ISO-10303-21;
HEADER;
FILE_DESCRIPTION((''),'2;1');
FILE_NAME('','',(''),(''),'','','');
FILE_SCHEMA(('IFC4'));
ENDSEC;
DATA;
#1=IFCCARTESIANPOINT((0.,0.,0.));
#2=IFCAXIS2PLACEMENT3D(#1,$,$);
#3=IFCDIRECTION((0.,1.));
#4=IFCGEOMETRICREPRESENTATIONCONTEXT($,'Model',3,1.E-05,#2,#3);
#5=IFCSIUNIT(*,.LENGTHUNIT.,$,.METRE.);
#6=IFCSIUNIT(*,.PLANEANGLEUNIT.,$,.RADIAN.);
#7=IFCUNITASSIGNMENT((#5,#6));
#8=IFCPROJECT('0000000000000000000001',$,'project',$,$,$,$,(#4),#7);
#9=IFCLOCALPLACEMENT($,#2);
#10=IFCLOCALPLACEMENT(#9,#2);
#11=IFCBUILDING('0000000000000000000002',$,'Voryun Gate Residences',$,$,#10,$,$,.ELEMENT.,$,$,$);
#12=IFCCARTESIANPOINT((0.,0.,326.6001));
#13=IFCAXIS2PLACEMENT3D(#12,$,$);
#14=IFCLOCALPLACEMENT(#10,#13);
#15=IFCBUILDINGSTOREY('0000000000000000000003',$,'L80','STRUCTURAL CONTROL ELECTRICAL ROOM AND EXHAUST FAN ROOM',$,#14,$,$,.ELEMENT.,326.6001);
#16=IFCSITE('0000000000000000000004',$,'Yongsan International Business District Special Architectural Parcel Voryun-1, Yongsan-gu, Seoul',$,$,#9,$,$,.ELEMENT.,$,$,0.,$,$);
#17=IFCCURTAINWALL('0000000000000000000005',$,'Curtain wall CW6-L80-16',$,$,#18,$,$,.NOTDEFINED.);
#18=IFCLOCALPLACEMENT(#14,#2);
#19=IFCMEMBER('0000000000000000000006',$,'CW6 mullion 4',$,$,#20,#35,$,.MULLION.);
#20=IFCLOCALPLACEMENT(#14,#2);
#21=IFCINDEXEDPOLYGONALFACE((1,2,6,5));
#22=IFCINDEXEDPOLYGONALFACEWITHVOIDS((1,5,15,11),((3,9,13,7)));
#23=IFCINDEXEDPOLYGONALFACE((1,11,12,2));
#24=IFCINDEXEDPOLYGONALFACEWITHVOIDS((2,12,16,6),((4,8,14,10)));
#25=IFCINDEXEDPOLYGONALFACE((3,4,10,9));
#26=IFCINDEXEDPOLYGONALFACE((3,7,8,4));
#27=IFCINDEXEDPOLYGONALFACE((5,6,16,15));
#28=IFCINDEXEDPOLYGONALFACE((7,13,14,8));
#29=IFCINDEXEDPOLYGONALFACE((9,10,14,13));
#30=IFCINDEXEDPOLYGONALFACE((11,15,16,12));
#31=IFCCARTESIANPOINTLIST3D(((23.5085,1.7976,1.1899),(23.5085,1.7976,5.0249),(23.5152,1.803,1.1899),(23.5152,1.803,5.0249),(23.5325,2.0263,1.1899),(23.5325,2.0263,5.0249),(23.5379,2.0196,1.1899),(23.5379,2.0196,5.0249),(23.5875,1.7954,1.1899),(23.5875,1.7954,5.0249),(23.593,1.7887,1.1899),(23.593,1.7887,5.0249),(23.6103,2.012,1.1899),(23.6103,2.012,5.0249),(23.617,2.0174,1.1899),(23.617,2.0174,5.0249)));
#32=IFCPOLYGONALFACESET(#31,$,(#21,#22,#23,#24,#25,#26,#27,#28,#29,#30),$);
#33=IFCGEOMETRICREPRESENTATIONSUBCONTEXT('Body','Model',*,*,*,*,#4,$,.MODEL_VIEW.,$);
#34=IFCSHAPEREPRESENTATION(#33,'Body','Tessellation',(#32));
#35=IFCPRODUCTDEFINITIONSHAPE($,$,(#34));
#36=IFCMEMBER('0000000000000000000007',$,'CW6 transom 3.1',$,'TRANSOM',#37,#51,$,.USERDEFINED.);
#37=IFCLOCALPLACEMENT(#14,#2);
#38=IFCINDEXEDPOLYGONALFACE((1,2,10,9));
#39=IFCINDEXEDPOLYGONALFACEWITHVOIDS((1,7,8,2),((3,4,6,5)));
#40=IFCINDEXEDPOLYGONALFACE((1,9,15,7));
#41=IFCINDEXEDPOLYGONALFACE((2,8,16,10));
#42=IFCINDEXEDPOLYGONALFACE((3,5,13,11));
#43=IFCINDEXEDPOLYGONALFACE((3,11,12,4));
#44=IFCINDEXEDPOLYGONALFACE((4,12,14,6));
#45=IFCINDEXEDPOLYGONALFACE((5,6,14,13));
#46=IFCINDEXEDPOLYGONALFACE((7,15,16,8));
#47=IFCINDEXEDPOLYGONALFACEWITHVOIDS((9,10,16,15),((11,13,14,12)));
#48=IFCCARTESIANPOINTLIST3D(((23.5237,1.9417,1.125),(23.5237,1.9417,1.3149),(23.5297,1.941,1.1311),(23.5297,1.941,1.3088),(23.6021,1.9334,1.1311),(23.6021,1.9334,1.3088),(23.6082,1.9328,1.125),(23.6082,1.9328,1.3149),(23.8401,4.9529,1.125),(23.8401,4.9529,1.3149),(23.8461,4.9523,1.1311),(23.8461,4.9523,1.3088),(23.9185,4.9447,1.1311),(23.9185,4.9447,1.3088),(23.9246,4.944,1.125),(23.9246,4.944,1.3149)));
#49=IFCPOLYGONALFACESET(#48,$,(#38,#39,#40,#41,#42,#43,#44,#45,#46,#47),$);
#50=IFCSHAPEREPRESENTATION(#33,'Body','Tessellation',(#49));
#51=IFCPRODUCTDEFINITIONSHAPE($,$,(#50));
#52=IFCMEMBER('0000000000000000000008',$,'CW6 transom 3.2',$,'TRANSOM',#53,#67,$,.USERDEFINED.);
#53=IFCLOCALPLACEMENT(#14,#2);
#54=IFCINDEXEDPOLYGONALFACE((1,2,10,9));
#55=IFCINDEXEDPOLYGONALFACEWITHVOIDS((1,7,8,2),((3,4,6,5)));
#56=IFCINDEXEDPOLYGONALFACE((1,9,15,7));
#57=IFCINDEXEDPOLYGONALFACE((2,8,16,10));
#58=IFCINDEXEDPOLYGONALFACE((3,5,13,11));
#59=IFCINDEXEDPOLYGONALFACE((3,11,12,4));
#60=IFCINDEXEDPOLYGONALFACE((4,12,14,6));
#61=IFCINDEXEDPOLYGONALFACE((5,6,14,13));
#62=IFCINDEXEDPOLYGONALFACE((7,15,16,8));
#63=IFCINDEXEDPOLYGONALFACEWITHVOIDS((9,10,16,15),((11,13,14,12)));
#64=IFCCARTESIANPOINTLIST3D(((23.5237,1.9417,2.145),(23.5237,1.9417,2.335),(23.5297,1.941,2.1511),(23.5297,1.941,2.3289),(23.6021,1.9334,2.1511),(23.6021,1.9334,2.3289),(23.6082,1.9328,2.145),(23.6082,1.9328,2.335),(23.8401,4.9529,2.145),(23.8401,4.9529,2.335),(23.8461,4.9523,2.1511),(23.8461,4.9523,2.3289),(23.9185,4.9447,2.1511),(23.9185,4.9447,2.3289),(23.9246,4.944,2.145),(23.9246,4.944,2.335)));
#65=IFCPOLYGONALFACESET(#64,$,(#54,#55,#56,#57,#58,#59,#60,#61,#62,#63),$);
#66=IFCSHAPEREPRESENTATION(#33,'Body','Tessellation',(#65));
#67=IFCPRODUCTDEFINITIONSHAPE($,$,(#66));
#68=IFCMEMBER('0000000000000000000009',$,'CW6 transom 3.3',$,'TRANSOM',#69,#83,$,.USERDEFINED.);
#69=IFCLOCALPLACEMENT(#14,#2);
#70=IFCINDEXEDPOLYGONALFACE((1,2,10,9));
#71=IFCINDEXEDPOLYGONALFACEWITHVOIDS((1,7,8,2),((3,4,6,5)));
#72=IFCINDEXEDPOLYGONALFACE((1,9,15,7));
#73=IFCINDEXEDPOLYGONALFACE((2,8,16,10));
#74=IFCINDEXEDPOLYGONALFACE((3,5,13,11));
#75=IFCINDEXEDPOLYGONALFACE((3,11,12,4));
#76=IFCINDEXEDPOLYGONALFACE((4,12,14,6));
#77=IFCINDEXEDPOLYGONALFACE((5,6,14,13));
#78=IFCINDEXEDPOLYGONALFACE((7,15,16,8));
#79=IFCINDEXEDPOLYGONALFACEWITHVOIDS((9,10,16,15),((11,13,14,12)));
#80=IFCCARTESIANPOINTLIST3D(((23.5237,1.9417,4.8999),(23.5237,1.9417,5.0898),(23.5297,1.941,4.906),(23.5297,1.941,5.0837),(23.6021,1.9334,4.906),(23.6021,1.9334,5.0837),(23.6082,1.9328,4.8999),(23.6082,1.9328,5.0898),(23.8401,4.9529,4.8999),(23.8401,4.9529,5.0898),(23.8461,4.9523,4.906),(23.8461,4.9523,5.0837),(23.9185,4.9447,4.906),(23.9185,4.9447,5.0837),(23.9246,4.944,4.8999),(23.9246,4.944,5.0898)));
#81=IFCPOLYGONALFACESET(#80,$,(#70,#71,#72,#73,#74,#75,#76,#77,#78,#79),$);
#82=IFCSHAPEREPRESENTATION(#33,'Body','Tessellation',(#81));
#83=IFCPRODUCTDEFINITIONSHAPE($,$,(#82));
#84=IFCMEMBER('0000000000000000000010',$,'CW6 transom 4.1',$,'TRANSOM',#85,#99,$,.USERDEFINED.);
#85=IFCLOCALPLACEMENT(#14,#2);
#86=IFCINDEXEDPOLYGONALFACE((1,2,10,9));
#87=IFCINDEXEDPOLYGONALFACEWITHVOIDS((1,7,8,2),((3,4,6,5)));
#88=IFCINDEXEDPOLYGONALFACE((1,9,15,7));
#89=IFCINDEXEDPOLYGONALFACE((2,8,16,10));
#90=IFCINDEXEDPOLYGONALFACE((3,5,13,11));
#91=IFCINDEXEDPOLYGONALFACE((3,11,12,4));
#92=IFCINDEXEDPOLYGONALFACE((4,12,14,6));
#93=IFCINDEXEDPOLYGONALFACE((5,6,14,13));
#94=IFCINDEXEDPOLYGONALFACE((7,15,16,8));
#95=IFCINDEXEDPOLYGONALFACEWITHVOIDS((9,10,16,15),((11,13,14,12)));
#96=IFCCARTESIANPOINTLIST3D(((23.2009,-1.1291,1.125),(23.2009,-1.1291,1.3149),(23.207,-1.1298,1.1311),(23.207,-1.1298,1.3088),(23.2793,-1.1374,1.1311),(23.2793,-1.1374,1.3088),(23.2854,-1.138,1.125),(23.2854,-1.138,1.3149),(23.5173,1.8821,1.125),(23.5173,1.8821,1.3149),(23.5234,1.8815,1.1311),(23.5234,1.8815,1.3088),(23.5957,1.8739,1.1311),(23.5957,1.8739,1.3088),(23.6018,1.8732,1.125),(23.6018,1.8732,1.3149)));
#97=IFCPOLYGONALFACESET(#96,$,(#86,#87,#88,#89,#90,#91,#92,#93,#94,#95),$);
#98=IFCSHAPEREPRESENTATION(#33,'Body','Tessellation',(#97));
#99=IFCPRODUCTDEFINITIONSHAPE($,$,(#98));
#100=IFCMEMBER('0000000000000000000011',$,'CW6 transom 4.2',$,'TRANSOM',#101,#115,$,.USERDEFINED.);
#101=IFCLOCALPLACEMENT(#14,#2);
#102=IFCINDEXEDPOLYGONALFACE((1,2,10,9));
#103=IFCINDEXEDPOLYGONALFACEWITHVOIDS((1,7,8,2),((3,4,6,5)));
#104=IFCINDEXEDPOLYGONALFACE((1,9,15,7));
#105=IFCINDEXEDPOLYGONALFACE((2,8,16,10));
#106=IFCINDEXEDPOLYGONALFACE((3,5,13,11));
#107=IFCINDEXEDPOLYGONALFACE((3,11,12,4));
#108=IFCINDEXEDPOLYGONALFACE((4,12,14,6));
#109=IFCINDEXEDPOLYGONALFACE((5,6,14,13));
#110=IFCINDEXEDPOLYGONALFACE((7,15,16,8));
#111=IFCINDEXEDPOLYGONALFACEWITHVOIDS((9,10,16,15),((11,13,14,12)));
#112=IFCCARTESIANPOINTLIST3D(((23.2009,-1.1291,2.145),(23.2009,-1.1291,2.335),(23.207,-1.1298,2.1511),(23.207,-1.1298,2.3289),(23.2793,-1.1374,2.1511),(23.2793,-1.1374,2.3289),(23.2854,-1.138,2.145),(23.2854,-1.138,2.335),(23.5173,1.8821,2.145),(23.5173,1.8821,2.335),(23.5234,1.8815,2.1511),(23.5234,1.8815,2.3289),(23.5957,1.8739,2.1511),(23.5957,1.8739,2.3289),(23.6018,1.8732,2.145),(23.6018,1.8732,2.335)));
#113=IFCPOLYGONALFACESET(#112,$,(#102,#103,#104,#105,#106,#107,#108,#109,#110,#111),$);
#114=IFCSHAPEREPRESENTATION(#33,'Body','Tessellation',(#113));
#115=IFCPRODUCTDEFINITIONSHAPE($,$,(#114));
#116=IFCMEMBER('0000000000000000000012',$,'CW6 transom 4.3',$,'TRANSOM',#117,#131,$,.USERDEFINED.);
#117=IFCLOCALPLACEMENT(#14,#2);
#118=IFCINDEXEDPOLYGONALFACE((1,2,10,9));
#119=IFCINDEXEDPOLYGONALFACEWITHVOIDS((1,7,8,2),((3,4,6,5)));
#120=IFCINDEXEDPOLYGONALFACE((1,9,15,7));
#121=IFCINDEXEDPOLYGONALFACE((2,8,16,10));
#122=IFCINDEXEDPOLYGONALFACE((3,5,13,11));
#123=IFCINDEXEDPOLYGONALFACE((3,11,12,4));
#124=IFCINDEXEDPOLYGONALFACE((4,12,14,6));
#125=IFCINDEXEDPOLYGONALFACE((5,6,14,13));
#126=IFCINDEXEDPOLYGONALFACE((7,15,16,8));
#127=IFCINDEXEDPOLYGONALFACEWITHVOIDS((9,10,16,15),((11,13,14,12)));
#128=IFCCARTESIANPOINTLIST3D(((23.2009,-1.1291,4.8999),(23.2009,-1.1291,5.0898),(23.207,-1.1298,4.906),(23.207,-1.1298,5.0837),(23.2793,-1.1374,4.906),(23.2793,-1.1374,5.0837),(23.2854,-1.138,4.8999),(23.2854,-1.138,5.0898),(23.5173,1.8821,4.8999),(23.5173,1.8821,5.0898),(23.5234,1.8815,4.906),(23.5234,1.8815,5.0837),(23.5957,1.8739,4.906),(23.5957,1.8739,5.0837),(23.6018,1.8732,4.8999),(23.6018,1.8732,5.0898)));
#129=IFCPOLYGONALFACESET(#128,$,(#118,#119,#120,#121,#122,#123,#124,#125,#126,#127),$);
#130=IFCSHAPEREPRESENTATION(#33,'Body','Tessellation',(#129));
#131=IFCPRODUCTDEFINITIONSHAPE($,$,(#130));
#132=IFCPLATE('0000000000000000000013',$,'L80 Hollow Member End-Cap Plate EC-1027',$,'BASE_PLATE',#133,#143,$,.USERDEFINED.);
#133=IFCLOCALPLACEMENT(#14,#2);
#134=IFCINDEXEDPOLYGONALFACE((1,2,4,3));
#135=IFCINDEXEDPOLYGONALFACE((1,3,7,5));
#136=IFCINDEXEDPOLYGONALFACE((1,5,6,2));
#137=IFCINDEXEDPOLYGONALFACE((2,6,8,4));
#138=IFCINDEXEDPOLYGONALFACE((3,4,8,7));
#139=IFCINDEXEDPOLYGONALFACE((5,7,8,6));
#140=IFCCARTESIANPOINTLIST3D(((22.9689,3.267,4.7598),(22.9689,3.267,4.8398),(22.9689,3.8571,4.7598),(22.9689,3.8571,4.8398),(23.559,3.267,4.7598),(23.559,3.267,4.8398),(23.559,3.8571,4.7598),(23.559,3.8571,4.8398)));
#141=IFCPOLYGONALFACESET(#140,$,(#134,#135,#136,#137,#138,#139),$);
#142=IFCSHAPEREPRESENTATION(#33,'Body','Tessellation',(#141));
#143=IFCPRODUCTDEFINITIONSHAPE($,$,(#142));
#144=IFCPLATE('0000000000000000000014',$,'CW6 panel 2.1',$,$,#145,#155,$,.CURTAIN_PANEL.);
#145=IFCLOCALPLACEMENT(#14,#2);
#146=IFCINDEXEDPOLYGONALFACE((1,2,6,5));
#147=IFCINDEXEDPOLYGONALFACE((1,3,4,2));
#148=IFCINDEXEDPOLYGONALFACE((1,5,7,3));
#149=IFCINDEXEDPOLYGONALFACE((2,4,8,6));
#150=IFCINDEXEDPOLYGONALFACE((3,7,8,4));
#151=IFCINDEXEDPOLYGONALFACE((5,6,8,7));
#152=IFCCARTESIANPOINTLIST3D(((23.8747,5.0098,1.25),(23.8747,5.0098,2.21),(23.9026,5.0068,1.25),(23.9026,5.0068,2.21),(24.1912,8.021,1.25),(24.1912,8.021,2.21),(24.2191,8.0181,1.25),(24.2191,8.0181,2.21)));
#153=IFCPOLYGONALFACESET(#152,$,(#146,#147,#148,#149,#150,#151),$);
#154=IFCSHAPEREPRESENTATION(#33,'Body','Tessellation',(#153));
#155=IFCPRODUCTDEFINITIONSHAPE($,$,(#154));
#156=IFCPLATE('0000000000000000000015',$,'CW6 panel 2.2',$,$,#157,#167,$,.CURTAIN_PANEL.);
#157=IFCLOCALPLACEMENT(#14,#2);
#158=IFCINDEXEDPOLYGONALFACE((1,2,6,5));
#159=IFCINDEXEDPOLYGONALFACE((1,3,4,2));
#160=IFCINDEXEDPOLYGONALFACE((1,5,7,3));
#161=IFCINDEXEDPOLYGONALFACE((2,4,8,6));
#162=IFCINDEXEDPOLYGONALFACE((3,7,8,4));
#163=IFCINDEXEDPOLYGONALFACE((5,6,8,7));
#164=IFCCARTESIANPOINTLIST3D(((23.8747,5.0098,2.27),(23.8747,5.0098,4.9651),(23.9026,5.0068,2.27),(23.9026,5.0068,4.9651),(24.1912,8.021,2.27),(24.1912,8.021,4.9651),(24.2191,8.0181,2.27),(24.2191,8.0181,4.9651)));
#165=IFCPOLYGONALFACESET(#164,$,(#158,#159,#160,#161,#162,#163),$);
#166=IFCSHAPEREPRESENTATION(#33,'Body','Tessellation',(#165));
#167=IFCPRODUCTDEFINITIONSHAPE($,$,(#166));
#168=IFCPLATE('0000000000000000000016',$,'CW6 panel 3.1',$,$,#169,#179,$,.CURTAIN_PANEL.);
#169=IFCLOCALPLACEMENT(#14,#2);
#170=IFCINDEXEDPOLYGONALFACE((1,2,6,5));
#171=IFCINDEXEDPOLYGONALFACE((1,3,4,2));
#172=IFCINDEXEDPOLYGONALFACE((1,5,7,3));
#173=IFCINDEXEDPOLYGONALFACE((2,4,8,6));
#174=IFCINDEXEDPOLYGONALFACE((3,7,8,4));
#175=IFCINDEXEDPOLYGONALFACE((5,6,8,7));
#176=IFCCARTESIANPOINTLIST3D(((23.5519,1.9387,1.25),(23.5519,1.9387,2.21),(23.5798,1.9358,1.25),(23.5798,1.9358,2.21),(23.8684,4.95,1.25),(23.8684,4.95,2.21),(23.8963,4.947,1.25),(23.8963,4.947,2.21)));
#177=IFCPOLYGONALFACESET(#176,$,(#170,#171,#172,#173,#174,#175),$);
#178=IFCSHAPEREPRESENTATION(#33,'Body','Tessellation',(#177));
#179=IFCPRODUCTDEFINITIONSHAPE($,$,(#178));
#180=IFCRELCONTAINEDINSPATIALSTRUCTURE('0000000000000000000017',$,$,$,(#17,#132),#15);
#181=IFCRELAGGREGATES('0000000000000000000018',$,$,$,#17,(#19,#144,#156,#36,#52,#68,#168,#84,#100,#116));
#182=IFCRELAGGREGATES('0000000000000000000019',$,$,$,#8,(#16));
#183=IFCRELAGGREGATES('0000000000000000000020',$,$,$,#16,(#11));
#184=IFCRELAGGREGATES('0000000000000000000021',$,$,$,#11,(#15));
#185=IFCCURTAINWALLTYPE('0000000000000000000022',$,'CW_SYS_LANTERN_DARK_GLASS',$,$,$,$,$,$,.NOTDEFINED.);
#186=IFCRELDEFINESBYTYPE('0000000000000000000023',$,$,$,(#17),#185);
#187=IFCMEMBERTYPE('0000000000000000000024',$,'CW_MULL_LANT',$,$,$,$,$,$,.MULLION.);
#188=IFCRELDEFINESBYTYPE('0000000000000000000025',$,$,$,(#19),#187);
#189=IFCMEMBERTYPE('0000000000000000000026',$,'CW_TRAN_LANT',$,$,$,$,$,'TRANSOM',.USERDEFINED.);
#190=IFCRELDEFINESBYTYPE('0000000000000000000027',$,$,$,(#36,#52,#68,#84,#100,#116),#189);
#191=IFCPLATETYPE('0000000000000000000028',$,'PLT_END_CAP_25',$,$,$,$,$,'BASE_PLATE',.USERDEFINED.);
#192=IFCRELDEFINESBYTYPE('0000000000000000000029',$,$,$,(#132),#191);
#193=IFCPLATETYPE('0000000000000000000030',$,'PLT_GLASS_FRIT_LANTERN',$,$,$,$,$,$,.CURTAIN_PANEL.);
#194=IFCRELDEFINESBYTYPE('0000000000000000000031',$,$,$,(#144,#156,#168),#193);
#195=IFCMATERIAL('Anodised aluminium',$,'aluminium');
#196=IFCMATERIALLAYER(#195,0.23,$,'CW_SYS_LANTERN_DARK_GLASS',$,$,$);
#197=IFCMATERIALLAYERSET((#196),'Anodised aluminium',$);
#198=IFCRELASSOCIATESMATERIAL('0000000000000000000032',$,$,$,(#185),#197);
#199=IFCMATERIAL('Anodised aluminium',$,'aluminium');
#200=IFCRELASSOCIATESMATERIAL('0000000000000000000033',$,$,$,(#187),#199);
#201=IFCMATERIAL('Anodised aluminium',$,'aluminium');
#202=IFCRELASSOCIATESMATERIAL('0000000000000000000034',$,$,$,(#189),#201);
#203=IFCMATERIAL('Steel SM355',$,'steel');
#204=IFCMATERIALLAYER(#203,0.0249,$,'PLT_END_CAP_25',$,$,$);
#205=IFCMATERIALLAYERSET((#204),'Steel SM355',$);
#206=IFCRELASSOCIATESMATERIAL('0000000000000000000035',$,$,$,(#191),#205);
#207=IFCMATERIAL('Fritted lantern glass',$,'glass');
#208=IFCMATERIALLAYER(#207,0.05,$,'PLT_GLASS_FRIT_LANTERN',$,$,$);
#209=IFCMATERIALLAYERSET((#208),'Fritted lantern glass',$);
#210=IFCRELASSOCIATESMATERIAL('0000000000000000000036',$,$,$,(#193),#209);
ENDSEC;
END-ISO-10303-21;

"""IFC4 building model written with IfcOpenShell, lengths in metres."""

from ifc_helpers import new_model, si_unit, direction, frame, origin, origin_2d, place, context, subcontext, project, spatial, rectangle, hollow_rectangle, extrude, material, layer, layer_set, material_profile, profile_set, type_object, element, aggregate, save


model = new_model("IFC4")

# Units and contexts
model_context = context("Model", 3, precision=1e-05, world=origin(), true_north=direction((0.0, 1.0)))
body_context = subcontext(model_context, "Body", "Model", "MODEL_VIEW")
ifc_project = project(units=[si_unit("LENGTHUNIT", "METRE"), si_unit("PLANEANGLEUNIT", "RADIAN")], contexts=[model_context])

# Site, building, storey
site_placement = place(None, origin())
site = spatial("IfcSite", under=ifc_project, at=site_placement, Name="Yongsan International Business District Special Architectural Parcel Voryun-1, Yongsan-gu, Seoul", CompositionType="ELEMENT", RefElevation=0.0)
building_placement = place(site_placement, origin())
building = spatial("IfcBuilding", under=site, at=building_placement, Name="Voryun Gate Residences", CompositionType="ELEMENT")
storey_placement = place(building_placement, frame((0.0, 0.0, 326.6001)))
storey = spatial("IfcBuildingStorey", under=building, at=storey_placement, Name="L80", Description="STRUCTURAL CONTROL ELECTRICAL ROOM AND EXHAUST FAN ROOM", CompositionType="ELEMENT", Elevation=326.6001)

# Curtain wall, members
ifc_material_1 = material(Name="Anodised aluminium", Category="aluminium")
ifc_layer_1 = layer(ifc_material_1, 0.23, Name="CW_SYS_LANTERN_DARK_GLASS")
ifc_layer_set_1 = layer_set([ifc_layer_1], Name="Anodised aluminium")
curtain_wall_type = type_object("IfcCurtainWallType", Name="CW_SYS_LANTERN_DARK_GLASS", PredefinedType="NOTDEFINED", material=ifc_layer_set_1)
curtain_wall_placement = place(storey_placement, origin())
curtain_wall = element("IfcCurtainWall", 1, at=curtain_wall_placement, inside=storey, type_object=curtain_wall_type, Name="Curtain wall CW6-L80-16", PredefinedType="NOTDEFINED")
ifc_material_2 = material(Name="Anodised aluminium", Category="aluminium")
ifc_material_profile_1 = material_profile(ifc_material_2, hollow_rectangle(XDim=0.085, YDim=0.23, WallThickness=0.0061, at=origin_2d()), Name="ALU-MULL-230x85x6")
ifc_profile_set_1 = profile_set([ifc_material_profile_1], Name="Anodised aluminium")
member_type_1 = type_object("IfcMemberType", Name="CW_MULL_LANT", PredefinedType="MULLION", material=ifc_profile_set_1)
member_1_placement = place(storey_placement, frame((23.5627, 1.9075, 1.1899), z_axis=(0.0, 0.0, 1.0), x_axis=(0.994522, -0.104528, 0.0)))
member_1 = element("IfcMember", 2, at=member_1_placement, type_object=member_type_1, Name="CW6 mullion 4", PredefinedType="MULLION", context=body_context, shape_type="SweptSolid", body=[
    extrude(hollow_rectangle(XDim=0.085, YDim=0.23, WallThickness=0.0061, at=origin_2d()), origin(), (0.0, 0.0, 1.0), 3.835),
])
ifc_material_3 = material(Name="Anodised aluminium", Category="aluminium")
ifc_material_profile_2 = material_profile(ifc_material_3, hollow_rectangle(XDim=0.085, YDim=0.1899, WallThickness=0.0061, at=origin_2d()), Name="ALU-TRAN-190x85x6")
ifc_profile_set_2 = profile_set([ifc_material_profile_2], Name="Anodised aluminium")
member_type_2 = type_object("IfcMemberType", Name="CW_TRAN_LANT", ElementType="TRANSOM", PredefinedType="USERDEFINED", material=ifc_profile_set_2)
member_2_placement = place(storey_placement, frame((23.8823, 4.9485, 1.22), z_axis=(-0.1045, -0.994525, 0.0), x_axis=(0.994525, -0.1045, 0.0)))
member_2 = element("IfcMember", 3, at=member_2_placement, type_object=member_type_2, Name="CW6 transom 3.1", ObjectType="TRANSOM", PredefinedType="USERDEFINED", context=body_context, shape_type="SweptSolid", body=[
    extrude(hollow_rectangle(XDim=0.085, YDim=0.1899, WallThickness=0.0061, at=origin_2d()), origin(), (0.0, 0.0, 1.0), 3.0278),
])
member_3_placement = place(storey_placement, frame((23.8823, 4.9485, 2.24), z_axis=(-0.1045, -0.994525, 0.0), x_axis=(0.994525, -0.1045, 0.0)))
member_3 = element("IfcMember", 4, at=member_3_placement, type_object=member_type_2, Name="CW6 transom 3.2", ObjectType="TRANSOM", PredefinedType="USERDEFINED", context=body_context, shape_type="SweptSolid", body=[
    extrude(hollow_rectangle(XDim=0.085, YDim=0.1899, WallThickness=0.0061, at=origin_2d()), origin(), (0.0, 0.0, 1.0), 3.0278),
])
member_4_placement = place(storey_placement, frame((23.8823, 4.9485, 4.9949), z_axis=(-0.1045, -0.994525, 0.0), x_axis=(0.994525, -0.1045, 0.0)))
member_4 = element("IfcMember", 5, at=member_4_placement, type_object=member_type_2, Name="CW6 transom 3.3", ObjectType="TRANSOM", PredefinedType="USERDEFINED", context=body_context, shape_type="SweptSolid", body=[
    extrude(hollow_rectangle(XDim=0.085, YDim=0.1899, WallThickness=0.0061, at=origin_2d()), origin(), (0.0, 0.0, 1.0), 3.0278),
])
member_5_placement = place(storey_placement, frame((23.5596, 1.8777, 1.22), z_axis=(-0.1045, -0.994525, 0.0), x_axis=(0.994525, -0.1045, 0.0)))
member_5 = element("IfcMember", 6, at=member_5_placement, type_object=member_type_2, Name="CW6 transom 4.1", ObjectType="TRANSOM", PredefinedType="USERDEFINED", context=body_context, shape_type="SweptSolid", body=[
    extrude(hollow_rectangle(XDim=0.085, YDim=0.1899, WallThickness=0.0061, at=origin_2d()), origin(), (0.0, 0.0, 1.0), 3.0278),
])
member_6_placement = place(storey_placement, frame((23.5596, 1.8777, 2.24), z_axis=(-0.1045, -0.994525, 0.0), x_axis=(0.994525, -0.1045, 0.0)))
member_6 = element("IfcMember", 7, at=member_6_placement, type_object=member_type_2, Name="CW6 transom 4.2", ObjectType="TRANSOM", PredefinedType="USERDEFINED", context=body_context, shape_type="SweptSolid", body=[
    extrude(hollow_rectangle(XDim=0.085, YDim=0.1899, WallThickness=0.0061, at=origin_2d()), origin(), (0.0, 0.0, 1.0), 3.0278),
])
member_7_placement = place(storey_placement, frame((23.5596, 1.8777, 4.9949), z_axis=(-0.1045, -0.994525, 0.0), x_axis=(0.994525, -0.1045, 0.0)))
member_7 = element("IfcMember", 8, at=member_7_placement, type_object=member_type_2, Name="CW6 transom 4.3", ObjectType="TRANSOM", PredefinedType="USERDEFINED", context=body_context, shape_type="SweptSolid", body=[
    extrude(hollow_rectangle(XDim=0.085, YDim=0.1899, WallThickness=0.0061, at=origin_2d()), origin(), (0.0, 0.0, 1.0), 3.0278),
])

# Plates
ifc_material_4 = material(Name="Steel SM355", Category="steel")
ifc_layer_2 = layer(ifc_material_4, 0.0249, Name="PLT_END_CAP_25")
ifc_layer_set_2 = layer_set([ifc_layer_2], Name="Steel SM355")
plate_type_1 = type_object("IfcPlateType", Name="PLT_END_CAP_25", ElementType="BASE_PLATE", PredefinedType="USERDEFINED", material=ifc_layer_set_2)
plate_1_placement = place(storey_placement, frame((23.2639, 3.562, 4.7598), z_axis=(0.0, 0.0, 1.0), x_axis=(1.0, 0.0, 0.0)))
element("IfcPlate", 9, at=plate_1_placement, inside=storey, type_object=plate_type_1, Name="L80 Hollow Member End-Cap Plate EC-1027", ObjectType="BASE_PLATE", PredefinedType="USERDEFINED", context=body_context, shape_type="SweptSolid", body=[
    extrude(rectangle(XDim=0.5901, YDim=0.5901, at=origin_2d()), origin(), (0.0, 0.0, 1.0), 0.0801),
])
ifc_material_5 = material(Name="Fritted lantern glass", Category="glass")
ifc_layer_3 = layer(ifc_material_5, 0.05, Name="PLT_GLASS_FRIT_LANTERN")
ifc_layer_set_3 = layer_set([ifc_layer_3], Name="Fritted lantern glass")
plate_type_2 = type_object("IfcPlateType", Name="PLT_GLASS_FRIT_LANTERN", PredefinedType="CURTAIN_PANEL", material=ifc_layer_set_3)
plate_2_placement = place(storey_placement, frame((24.0469, 6.5139, 1.25), z_axis=(0.0, 0.0, 1.0), x_axis=(-0.104528, -0.994522, 0.0)))
plate_2 = element("IfcPlate", 10, at=plate_2_placement, type_object=plate_type_2, Name="CW6 panel 2.1", PredefinedType="CURTAIN_PANEL", context=body_context, shape_type="SweptSolid", body=[
    extrude(rectangle(XDim=3.0278, YDim=0.0281, at=origin_2d()), origin(), (0.0, 0.0, 1.0), 0.96),
])
plate_3_placement = place(storey_placement, frame((24.0469, 6.5139, 2.27), z_axis=(0.0, 0.0, 1.0), x_axis=(-0.104528, -0.994522, 0.0)))
plate_3 = element("IfcPlate", 11, at=plate_3_placement, type_object=plate_type_2, Name="CW6 panel 2.2", PredefinedType="CURTAIN_PANEL", context=body_context, shape_type="SweptSolid", body=[
    extrude(rectangle(XDim=3.0278, YDim=0.0281, at=origin_2d()), origin(), (0.0, 0.0, 1.0), 2.6951),
])
plate_4_placement = place(storey_placement, frame((23.7241, 3.4429, 1.25), z_axis=(0.0, 0.0, 1.0), x_axis=(-0.104528, -0.994522, 0.0)))
plate_4 = element("IfcPlate", 12, at=plate_4_placement, type_object=plate_type_2, Name="CW6 panel 3.1", PredefinedType="CURTAIN_PANEL", context=body_context, shape_type="SweptSolid", body=[
    extrude(rectangle(XDim=3.0278, YDim=0.0281, at=origin_2d()), origin(), (0.0, 0.0, 1.0), 0.96),
])
aggregate(curtain_wall, [member_1, plate_2, plate_3, member_2, member_3, member_4, plate_4, member_5, member_6, member_7])

save(model, "model.ifc")
